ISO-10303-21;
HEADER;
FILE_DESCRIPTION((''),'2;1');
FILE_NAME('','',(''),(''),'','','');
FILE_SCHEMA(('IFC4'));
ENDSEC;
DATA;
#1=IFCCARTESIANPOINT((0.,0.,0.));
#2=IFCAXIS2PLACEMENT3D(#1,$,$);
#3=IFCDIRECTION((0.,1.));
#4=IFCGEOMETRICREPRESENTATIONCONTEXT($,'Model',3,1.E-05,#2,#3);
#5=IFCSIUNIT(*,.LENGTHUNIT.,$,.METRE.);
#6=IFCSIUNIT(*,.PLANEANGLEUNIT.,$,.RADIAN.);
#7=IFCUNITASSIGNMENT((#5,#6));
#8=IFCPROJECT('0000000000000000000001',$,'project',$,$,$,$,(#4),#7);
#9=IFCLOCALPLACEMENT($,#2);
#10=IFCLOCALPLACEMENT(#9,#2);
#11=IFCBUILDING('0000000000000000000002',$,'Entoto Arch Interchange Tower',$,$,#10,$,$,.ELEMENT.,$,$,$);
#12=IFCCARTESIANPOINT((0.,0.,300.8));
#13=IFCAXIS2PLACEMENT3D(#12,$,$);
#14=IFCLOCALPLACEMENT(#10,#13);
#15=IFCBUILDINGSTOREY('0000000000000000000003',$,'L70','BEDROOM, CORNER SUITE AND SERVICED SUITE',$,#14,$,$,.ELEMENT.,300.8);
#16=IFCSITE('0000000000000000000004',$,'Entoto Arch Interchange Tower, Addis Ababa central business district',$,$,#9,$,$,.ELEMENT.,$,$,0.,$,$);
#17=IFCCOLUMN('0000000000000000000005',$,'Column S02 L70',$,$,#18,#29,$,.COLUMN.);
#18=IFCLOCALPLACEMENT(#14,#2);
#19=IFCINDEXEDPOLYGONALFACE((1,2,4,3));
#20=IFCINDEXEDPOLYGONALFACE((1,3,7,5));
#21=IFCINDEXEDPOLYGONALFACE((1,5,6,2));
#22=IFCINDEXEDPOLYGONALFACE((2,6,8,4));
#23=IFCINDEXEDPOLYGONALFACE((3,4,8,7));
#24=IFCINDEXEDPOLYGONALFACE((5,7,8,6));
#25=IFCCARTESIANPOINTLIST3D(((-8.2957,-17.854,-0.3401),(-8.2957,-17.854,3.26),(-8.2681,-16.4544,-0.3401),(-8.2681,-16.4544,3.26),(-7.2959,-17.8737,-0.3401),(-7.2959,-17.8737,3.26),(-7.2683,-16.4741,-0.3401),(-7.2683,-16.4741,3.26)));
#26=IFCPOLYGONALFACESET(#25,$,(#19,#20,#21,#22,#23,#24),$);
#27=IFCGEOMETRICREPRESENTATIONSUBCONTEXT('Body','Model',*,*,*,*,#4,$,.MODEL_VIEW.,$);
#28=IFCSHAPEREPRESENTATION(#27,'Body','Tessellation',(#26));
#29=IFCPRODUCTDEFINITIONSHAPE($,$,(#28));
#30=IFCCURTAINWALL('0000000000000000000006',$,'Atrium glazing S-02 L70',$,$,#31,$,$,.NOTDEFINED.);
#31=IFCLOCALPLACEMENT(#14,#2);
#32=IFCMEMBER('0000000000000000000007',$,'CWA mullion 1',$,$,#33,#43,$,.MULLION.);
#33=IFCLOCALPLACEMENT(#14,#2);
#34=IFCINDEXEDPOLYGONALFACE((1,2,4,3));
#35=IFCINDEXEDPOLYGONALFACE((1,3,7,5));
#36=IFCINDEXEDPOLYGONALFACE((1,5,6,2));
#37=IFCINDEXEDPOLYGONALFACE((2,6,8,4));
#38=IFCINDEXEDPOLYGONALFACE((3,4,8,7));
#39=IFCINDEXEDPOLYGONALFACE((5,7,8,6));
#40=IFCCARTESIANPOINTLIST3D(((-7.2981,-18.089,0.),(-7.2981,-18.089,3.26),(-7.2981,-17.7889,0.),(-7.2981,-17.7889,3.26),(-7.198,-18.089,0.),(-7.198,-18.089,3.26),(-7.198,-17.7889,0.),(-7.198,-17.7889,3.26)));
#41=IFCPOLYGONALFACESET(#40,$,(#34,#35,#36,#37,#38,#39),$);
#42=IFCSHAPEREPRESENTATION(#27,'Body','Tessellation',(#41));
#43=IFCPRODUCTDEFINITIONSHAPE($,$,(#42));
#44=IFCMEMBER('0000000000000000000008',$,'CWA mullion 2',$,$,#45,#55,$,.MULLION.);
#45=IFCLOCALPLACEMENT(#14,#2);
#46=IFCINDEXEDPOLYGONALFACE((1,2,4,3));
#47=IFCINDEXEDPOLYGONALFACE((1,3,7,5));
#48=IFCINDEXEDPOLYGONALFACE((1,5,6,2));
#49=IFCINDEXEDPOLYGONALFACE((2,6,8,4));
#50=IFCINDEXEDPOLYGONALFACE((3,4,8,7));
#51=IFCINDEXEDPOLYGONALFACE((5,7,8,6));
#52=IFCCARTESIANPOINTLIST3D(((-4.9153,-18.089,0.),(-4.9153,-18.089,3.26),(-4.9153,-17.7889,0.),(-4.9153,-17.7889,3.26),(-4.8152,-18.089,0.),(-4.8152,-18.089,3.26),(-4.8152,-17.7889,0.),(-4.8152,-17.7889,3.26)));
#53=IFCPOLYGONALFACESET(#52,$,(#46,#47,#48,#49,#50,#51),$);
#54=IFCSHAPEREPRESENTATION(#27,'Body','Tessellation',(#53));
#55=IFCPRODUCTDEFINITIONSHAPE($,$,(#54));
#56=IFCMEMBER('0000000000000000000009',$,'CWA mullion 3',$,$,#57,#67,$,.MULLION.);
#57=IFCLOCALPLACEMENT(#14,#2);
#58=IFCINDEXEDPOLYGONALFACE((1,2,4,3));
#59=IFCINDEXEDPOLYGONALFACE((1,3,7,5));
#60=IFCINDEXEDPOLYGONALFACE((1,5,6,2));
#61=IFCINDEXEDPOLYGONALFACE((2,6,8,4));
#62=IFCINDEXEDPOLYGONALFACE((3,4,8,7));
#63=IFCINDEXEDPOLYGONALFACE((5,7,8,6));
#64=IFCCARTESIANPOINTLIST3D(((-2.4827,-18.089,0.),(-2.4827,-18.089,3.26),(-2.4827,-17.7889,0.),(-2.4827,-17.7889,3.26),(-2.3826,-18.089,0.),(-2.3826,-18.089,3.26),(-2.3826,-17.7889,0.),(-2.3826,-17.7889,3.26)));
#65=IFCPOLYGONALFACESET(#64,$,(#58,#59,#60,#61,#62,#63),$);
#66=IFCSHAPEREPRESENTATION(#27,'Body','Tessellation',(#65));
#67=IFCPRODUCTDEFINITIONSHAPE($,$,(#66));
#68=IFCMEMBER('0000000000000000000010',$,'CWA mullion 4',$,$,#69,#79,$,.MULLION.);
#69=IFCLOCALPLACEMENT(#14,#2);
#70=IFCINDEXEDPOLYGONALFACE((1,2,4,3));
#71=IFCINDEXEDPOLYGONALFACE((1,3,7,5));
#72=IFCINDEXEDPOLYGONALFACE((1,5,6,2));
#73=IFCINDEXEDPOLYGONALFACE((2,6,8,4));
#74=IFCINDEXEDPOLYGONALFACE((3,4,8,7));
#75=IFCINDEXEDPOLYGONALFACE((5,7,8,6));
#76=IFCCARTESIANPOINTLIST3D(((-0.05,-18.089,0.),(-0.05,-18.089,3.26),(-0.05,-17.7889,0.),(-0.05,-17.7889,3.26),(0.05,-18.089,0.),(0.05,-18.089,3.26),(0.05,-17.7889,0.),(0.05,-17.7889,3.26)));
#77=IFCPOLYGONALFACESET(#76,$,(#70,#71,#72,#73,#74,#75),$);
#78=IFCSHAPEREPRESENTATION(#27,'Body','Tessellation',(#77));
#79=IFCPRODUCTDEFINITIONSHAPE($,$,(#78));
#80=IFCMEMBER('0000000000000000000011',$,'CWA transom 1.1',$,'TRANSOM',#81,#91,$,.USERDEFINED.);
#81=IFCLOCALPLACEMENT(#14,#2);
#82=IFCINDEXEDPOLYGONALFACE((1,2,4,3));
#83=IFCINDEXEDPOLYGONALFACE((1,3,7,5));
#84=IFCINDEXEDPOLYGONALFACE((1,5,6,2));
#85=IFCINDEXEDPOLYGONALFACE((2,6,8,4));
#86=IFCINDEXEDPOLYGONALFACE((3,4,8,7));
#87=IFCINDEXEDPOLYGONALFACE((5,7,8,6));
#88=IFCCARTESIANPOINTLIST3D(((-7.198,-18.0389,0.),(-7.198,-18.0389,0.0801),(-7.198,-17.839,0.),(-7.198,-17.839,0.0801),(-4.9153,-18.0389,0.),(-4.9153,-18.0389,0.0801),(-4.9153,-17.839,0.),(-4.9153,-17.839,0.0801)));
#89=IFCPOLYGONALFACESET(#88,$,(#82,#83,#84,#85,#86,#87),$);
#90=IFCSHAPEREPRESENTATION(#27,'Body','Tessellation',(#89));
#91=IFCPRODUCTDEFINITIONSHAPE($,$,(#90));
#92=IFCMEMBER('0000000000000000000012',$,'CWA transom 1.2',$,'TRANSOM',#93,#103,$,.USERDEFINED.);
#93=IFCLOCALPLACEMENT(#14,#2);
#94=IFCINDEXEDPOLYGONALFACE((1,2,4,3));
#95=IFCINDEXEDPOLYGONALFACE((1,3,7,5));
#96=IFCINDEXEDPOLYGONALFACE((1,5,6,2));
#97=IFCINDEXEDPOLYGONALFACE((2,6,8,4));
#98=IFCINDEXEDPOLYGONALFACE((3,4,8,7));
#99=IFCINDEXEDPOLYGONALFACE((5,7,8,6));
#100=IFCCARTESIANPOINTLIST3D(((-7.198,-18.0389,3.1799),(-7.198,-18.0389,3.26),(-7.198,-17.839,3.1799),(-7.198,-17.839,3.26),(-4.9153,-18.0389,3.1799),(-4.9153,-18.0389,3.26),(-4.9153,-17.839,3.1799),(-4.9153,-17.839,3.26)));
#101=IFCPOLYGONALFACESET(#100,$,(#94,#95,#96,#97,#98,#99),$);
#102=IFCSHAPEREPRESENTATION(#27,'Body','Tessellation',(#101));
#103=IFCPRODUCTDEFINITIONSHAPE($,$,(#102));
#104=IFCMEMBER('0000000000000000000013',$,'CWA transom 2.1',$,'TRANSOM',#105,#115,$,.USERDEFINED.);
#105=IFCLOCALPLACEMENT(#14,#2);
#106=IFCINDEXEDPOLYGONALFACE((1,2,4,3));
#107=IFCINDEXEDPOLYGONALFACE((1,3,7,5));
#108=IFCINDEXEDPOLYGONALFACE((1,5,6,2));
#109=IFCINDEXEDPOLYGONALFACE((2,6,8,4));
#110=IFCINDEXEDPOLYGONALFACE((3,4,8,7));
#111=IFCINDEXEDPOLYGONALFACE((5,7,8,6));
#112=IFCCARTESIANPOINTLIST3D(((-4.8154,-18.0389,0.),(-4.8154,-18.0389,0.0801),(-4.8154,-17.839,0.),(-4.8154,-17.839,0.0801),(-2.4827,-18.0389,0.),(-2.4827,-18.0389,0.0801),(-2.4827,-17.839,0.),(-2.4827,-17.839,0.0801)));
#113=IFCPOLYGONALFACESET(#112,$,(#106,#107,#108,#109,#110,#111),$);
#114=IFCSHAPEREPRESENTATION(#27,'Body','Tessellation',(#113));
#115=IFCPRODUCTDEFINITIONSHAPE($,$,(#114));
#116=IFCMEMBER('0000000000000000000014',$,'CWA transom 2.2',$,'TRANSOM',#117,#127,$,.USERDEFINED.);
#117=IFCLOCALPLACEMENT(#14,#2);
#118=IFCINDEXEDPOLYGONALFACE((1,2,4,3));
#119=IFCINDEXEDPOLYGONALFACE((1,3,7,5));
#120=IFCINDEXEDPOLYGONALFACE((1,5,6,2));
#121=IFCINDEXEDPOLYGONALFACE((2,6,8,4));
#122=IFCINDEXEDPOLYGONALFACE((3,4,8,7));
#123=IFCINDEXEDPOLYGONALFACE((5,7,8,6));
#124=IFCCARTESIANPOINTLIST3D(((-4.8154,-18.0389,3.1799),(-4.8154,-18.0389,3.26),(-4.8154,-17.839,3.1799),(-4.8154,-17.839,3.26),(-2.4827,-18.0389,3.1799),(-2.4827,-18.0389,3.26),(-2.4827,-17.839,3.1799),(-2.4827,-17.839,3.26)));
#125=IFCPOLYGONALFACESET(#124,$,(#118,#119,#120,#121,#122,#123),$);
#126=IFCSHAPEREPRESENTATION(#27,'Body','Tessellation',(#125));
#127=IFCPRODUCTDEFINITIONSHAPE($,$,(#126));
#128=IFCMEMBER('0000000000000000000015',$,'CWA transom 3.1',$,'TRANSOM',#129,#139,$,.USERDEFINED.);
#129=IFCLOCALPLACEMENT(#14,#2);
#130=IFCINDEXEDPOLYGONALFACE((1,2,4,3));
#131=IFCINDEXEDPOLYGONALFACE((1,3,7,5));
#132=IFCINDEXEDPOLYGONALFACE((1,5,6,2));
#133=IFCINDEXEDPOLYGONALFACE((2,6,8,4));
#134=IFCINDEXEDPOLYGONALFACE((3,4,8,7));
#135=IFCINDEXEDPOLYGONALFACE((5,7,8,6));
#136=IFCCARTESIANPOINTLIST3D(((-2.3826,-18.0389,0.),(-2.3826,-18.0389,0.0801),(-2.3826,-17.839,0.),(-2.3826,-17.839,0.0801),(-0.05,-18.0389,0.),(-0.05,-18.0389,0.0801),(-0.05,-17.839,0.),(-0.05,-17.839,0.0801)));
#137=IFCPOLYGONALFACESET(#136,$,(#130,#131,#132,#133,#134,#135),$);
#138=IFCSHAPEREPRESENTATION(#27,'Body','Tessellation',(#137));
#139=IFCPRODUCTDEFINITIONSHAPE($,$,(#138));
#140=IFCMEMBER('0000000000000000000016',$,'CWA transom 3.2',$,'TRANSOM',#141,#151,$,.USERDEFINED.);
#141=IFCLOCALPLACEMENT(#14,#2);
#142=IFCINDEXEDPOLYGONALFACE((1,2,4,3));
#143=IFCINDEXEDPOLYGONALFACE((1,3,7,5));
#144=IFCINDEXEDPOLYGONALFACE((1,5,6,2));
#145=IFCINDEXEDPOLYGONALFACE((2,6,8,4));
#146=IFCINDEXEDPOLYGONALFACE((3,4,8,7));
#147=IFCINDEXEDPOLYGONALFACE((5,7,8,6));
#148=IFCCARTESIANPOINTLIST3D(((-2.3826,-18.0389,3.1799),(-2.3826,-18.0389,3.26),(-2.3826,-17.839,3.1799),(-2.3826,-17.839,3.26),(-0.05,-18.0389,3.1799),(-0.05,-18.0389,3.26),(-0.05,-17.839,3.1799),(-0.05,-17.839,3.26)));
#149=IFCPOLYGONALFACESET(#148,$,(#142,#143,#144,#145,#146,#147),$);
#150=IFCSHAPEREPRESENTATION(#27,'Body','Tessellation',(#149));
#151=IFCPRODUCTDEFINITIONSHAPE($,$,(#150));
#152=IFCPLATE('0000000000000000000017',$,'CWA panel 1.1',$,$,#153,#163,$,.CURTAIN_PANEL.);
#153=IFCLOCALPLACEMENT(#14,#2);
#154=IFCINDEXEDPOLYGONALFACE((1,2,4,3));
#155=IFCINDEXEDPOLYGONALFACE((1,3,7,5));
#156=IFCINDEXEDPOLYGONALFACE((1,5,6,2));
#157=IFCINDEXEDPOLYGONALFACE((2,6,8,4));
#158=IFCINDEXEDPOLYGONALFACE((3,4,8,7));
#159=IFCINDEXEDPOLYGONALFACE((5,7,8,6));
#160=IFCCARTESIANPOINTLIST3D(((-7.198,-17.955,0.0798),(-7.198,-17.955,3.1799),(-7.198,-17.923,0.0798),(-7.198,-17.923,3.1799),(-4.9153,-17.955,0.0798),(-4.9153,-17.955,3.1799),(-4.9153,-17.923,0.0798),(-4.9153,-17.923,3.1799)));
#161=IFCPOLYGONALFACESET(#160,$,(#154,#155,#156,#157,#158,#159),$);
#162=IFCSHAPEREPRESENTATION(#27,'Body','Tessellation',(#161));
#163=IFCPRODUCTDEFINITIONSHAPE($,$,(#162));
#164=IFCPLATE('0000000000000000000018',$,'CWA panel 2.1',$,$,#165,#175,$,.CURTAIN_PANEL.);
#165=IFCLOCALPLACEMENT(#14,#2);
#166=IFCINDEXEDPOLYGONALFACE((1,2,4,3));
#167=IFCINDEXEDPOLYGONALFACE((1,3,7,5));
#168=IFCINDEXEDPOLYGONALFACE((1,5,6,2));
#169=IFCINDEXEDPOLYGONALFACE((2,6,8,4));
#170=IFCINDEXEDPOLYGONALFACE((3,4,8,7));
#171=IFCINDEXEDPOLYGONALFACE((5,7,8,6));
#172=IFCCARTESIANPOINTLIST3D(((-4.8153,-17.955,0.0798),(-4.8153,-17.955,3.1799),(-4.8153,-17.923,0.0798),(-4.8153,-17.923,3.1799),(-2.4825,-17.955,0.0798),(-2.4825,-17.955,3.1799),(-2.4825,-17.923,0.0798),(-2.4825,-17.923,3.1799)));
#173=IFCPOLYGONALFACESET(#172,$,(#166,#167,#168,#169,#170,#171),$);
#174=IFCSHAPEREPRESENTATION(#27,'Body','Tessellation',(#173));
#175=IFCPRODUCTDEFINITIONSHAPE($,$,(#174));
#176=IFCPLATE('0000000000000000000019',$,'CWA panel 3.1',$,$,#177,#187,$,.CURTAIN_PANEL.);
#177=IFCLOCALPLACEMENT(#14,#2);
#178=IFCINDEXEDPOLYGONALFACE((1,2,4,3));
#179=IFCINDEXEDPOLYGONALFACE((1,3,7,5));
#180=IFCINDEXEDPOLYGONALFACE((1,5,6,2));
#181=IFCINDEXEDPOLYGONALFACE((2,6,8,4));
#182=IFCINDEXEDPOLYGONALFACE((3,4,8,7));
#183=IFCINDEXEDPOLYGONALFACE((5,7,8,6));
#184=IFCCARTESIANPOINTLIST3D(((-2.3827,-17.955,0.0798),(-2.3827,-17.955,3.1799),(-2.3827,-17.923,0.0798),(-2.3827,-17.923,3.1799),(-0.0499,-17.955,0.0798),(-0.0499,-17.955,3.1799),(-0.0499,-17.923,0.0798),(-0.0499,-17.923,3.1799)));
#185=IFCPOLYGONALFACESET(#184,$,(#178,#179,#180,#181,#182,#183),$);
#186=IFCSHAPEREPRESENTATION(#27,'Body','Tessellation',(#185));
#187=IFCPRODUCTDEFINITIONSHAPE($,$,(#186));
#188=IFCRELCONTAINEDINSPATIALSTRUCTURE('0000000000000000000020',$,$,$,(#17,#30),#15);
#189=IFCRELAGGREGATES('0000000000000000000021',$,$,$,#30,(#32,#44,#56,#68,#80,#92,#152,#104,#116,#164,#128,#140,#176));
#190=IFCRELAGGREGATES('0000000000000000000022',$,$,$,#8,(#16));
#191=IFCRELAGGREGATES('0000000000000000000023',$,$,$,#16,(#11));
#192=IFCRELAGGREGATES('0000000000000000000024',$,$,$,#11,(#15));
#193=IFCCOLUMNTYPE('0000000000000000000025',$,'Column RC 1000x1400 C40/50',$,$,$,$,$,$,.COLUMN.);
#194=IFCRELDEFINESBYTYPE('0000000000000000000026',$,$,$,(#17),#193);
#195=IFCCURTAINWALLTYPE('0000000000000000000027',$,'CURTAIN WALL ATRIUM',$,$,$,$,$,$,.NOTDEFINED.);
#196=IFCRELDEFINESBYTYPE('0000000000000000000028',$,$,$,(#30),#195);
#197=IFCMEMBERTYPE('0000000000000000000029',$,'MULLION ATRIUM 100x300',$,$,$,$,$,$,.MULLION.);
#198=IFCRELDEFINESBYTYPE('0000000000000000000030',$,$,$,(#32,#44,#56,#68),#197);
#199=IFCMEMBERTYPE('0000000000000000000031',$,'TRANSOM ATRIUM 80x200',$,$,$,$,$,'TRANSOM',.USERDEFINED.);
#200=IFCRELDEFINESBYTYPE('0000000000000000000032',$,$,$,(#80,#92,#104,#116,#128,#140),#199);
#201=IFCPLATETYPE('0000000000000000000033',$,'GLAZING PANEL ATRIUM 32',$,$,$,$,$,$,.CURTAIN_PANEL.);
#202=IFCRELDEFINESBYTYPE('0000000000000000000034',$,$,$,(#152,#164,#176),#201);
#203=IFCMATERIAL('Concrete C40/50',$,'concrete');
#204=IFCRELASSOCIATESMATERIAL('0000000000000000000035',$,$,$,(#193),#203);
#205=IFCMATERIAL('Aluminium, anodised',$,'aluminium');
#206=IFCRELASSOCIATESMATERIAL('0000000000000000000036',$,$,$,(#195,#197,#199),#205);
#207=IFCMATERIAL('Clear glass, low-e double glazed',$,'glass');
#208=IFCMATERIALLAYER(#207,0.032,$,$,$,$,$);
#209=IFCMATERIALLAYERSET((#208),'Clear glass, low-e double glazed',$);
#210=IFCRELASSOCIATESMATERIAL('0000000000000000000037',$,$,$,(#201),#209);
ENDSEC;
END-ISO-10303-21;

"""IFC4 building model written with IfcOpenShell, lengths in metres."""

from ifc_helpers import new_model, si_unit, direction, frame, origin, origin_2d, place, context, subcontext, project, spatial, rectangle, extrude, material, layer, layer_set, material_profile, profile_set, type_object, element, aggregate, save


model = new_model("IFC4")

# Units and contexts
model_context = context("Model", 3, precision=1e-05, world=origin(), true_north=direction((0.0, 1.0)))
body_context = subcontext(model_context, "Body", "Model", "MODEL_VIEW")
ifc_project = project(units=[si_unit("LENGTHUNIT", "METRE"), si_unit("PLANEANGLEUNIT", "RADIAN")], contexts=[model_context])

# Site, building, storey
site_placement = place(None, origin())
site = spatial("IfcSite", under=ifc_project, at=site_placement, Name="Entoto Arch Interchange Tower, Addis Ababa central business district", CompositionType="ELEMENT", RefElevation=0.0)
building_placement = place(site_placement, origin())
building = spatial("IfcBuilding", under=site, at=building_placement, Name="Entoto Arch Interchange Tower", CompositionType="ELEMENT")
storey_placement = place(building_placement, frame((0.0, 0.0, 300.8)))
storey = spatial("IfcBuildingStorey", under=building, at=storey_placement, Name="L70", Description="BEDROOM, CORNER SUITE AND SERVICED SUITE", CompositionType="ELEMENT", Elevation=300.8)

# Column
ifc_material_1 = material(Name="Concrete C40/50", Category="concrete")
ifc_material_profile_1 = material_profile(ifc_material_1, rectangle(XDim=1.0, YDim=1.3999, at=origin_2d()))
ifc_profile_set_1 = profile_set([ifc_material_profile_1], Name="Concrete C40/50")
column_type = type_object("IfcColumnType", Name="Column RC 1000x1400 C40/50", PredefinedType="COLUMN", material=ifc_profile_set_1)
column_placement = place(storey_placement, frame((-7.782, -17.1641, -0.3401), z_axis=(0.0, 0.0, 1.0), x_axis=(-0.999806, 0.019721, 0.0)))
element("IfcColumn", 1, at=column_placement, inside=storey, type_object=column_type, Name="Column S02 L70", PredefinedType="COLUMN", context=body_context, shape_type="SweptSolid", body=[
    extrude(rectangle(XDim=1.0, YDim=1.3999, at=origin_2d()), origin(), (0.0, 0.0, 1.0), 3.6001),
])

# Curtain wall, members, plates
ifc_material_2 = material(Name="Aluminium, anodised", Category="aluminium")
curtain_wall_type = type_object("IfcCurtainWallType", Name="CURTAIN WALL ATRIUM", PredefinedType="NOTDEFINED", material=ifc_material_2)
curtain_wall_placement = place(storey_placement, origin())
curtain_wall = element("IfcCurtainWall", 2, at=curtain_wall_placement, inside=storey, type_object=curtain_wall_type, Name="Atrium glazing S-02 L70", PredefinedType="NOTDEFINED")
ifc_material_profile_2 = material_profile(ifc_material_2, rectangle(XDim=0.3, YDim=0.1001, at=origin_2d()))
ifc_profile_set_2 = profile_set([ifc_material_profile_2], Name="Aluminium, anodised")
member_type_1 = type_object("IfcMemberType", Name="MULLION ATRIUM 100x300", PredefinedType="MULLION", material=ifc_profile_set_2)
member_1_placement = place(storey_placement, frame((-7.248, -17.939, 0.0), z_axis=(0.0, 0.0, 1.0), x_axis=(0.0, 1.0, 0.0)))
member_1 = element("IfcMember", 3, at=member_1_placement, type_object=member_type_1, Name="CWA mullion 1", PredefinedType="MULLION", context=body_context, shape_type="SweptSolid", body=[
    extrude(rectangle(XDim=0.3, YDim=0.1001, at=origin_2d()), origin(), (0.0, 0.0, 1.0), 3.26),
])
member_2_placement = place(storey_placement, frame((-4.8652, -17.939, 0.0), z_axis=(0.0, 0.0, 1.0), x_axis=(0.0, 1.0, 0.0)))
member_2 = element("IfcMember", 4, at=member_2_placement, type_object=member_type_1, Name="CWA mullion 2", PredefinedType="MULLION", context=body_context, shape_type="SweptSolid", body=[
    extrude(rectangle(XDim=0.3, YDim=0.1001, at=origin_2d()), origin(), (0.0, 0.0, 1.0), 3.26),
])
member_3_placement = place(storey_placement, frame((-2.4326, -17.939, 0.0), z_axis=(0.0, 0.0, 1.0), x_axis=(0.0, 1.0, 0.0)))
member_3 = element("IfcMember", 5, at=member_3_placement, type_object=member_type_1, Name="CWA mullion 3", PredefinedType="MULLION", context=body_context, shape_type="SweptSolid", body=[
    extrude(rectangle(XDim=0.3, YDim=0.1001, at=origin_2d()), origin(), (0.0, 0.0, 1.0), 3.26),
])
member_4_placement = place(storey_placement, frame((0.0, -17.939, 0.0), z_axis=(0.0, 0.0, 1.0), x_axis=(0.0, 1.0, 0.0)))
member_4 = element("IfcMember", 6, at=member_4_placement, type_object=member_type_1, Name="CWA mullion 4", PredefinedType="MULLION", context=body_context, shape_type="SweptSolid", body=[
    extrude(rectangle(XDim=0.3, YDim=0.1001, at=origin_2d()), origin(), (0.0, 0.0, 1.0), 3.26),
])
ifc_material_profile_3 = material_profile(ifc_material_2, rectangle(XDim=0.2, YDim=0.0801, at=origin_2d()))
ifc_profile_set_3 = profile_set([ifc_material_profile_3], Name="Aluminium, anodised")
member_type_2 = type_object("IfcMemberType", Name="TRANSOM ATRIUM 80x200", ElementType="TRANSOM", PredefinedType="USERDEFINED", material=ifc_profile_set_3)
member_5_placement = place(storey_placement, frame((-7.198, -17.939, 0.04), z_axis=(1.0, 0.0, 0.0), x_axis=(0.0, 1.0, 0.0)))
member_5 = element("IfcMember", 7, at=member_5_placement, type_object=member_type_2, Name="CWA transom 1.1", ObjectType="TRANSOM", PredefinedType="USERDEFINED", context=body_context, shape_type="SweptSolid", body=[
    extrude(rectangle(XDim=0.2, YDim=0.0801, at=origin_2d()), origin(), (0.0, 0.0, 1.0), 2.2827),
])
member_6_placement = place(storey_placement, frame((-7.198, -17.939, 3.22), z_axis=(1.0, 0.0, 0.0), x_axis=(0.0, 1.0, 0.0)))
member_6 = element("IfcMember", 8, at=member_6_placement, type_object=member_type_2, Name="CWA transom 1.2", ObjectType="TRANSOM", PredefinedType="USERDEFINED", context=body_context, shape_type="SweptSolid", body=[
    extrude(rectangle(XDim=0.2, YDim=0.0801, at=origin_2d()), origin(), (0.0, 0.0, 1.0), 2.2827),
])
member_7_placement = place(storey_placement, frame((-4.8154, -17.939, 0.04), z_axis=(1.0, 0.0, 0.0), x_axis=(0.0, 1.0, 0.0)))
member_7 = element("IfcMember", 9, at=member_7_placement, type_object=member_type_2, Name="CWA transom 2.1", ObjectType="TRANSOM", PredefinedType="USERDEFINED", context=body_context, shape_type="SweptSolid", body=[
    extrude(rectangle(XDim=0.2, YDim=0.0801, at=origin_2d()), origin(), (0.0, 0.0, 1.0), 2.3328),
])
member_8_placement = place(storey_placement, frame((-4.8154, -17.939, 3.22), z_axis=(1.0, 0.0, 0.0), x_axis=(0.0, 1.0, 0.0)))
member_8 = element("IfcMember", 10, at=member_8_placement, type_object=member_type_2, Name="CWA transom 2.2", ObjectType="TRANSOM", PredefinedType="USERDEFINED", context=body_context, shape_type="SweptSolid", body=[
    extrude(rectangle(XDim=0.2, YDim=0.0801, at=origin_2d()), origin(), (0.0, 0.0, 1.0), 2.3328),
])
member_9_placement = place(storey_placement, frame((-2.3826, -17.939, 0.04), z_axis=(1.0, 0.0, 0.0), x_axis=(0.0, 1.0, 0.0)))
member_9 = element("IfcMember", 11, at=member_9_placement, type_object=member_type_2, Name="CWA transom 3.1", ObjectType="TRANSOM", PredefinedType="USERDEFINED", context=body_context, shape_type="SweptSolid", body=[
    extrude(rectangle(XDim=0.2, YDim=0.0801, at=origin_2d()), origin(), (0.0, 0.0, 1.0), 2.3325),
])
member_10_placement = place(storey_placement, frame((-2.3826, -17.939, 3.22), z_axis=(1.0, 0.0, 0.0), x_axis=(0.0, 1.0, 0.0)))
member_10 = element("IfcMember", 12, at=member_10_placement, type_object=member_type_2, Name="CWA transom 3.2", ObjectType="TRANSOM", PredefinedType="USERDEFINED", context=body_context, shape_type="SweptSolid", body=[
    extrude(rectangle(XDim=0.2, YDim=0.0801, at=origin_2d()), origin(), (0.0, 0.0, 1.0), 2.3325),
])
ifc_material_3 = material(Name="Clear glass, low-e double glazed", Category="glass")
ifc_layer_1 = layer(ifc_material_3, 0.032)
ifc_layer_set_1 = layer_set([ifc_layer_1], Name="Clear glass, low-e double glazed")
plate_type = type_object("IfcPlateType", Name="GLAZING PANEL ATRIUM 32", PredefinedType="CURTAIN_PANEL", material=ifc_layer_set_1)
plate_1_placement = place(storey_placement, frame((-6.0566, -17.939, 0.0798), z_axis=(0.0, 0.0, 1.0), x_axis=(1.0, 0.0, 0.0)))
plate_1 = element("IfcPlate", 13, at=plate_1_placement, type_object=plate_type, Name="CWA panel 1.1", PredefinedType="CURTAIN_PANEL", context=body_context, shape_type="SweptSolid", body=[
    extrude(rectangle(XDim=2.2827, YDim=0.032, at=origin_2d()), origin(), (0.0, 0.0, 1.0), 3.1001),
])
plate_2_placement = place(storey_placement, frame((-3.6489, -17.939, 0.0798), z_axis=(0.0, 0.0, 1.0), x_axis=(1.0, 0.0, 0.0)))
plate_2 = element("IfcPlate", 14, at=plate_2_placement, type_object=plate_type, Name="CWA panel 2.1", PredefinedType="CURTAIN_PANEL", context=body_context, shape_type="SweptSolid", body=[
    extrude(rectangle(XDim=2.3328, YDim=0.032, at=origin_2d()), origin(), (0.0, 0.0, 1.0), 3.1001),
])
plate_3_placement = place(storey_placement, frame((-1.2163, -17.939, 0.0798), z_axis=(0.0, 0.0, 1.0), x_axis=(1.0, 0.0, 0.0)))
plate_3 = element("IfcPlate", 15, at=plate_3_placement, type_object=plate_type, Name="CWA panel 3.1", PredefinedType="CURTAIN_PANEL", context=body_context, shape_type="SweptSolid", body=[
    extrude(rectangle(XDim=2.3328, YDim=0.032, at=origin_2d()), origin(), (0.0, 0.0, 1.0), 3.1001),
])
aggregate(curtain_wall, [member_1, member_2, member_3, member_4, member_5, member_6, plate_1, member_7, member_8, plate_2, member_9, member_10, plate_3])

save(model, "model.ifc")
